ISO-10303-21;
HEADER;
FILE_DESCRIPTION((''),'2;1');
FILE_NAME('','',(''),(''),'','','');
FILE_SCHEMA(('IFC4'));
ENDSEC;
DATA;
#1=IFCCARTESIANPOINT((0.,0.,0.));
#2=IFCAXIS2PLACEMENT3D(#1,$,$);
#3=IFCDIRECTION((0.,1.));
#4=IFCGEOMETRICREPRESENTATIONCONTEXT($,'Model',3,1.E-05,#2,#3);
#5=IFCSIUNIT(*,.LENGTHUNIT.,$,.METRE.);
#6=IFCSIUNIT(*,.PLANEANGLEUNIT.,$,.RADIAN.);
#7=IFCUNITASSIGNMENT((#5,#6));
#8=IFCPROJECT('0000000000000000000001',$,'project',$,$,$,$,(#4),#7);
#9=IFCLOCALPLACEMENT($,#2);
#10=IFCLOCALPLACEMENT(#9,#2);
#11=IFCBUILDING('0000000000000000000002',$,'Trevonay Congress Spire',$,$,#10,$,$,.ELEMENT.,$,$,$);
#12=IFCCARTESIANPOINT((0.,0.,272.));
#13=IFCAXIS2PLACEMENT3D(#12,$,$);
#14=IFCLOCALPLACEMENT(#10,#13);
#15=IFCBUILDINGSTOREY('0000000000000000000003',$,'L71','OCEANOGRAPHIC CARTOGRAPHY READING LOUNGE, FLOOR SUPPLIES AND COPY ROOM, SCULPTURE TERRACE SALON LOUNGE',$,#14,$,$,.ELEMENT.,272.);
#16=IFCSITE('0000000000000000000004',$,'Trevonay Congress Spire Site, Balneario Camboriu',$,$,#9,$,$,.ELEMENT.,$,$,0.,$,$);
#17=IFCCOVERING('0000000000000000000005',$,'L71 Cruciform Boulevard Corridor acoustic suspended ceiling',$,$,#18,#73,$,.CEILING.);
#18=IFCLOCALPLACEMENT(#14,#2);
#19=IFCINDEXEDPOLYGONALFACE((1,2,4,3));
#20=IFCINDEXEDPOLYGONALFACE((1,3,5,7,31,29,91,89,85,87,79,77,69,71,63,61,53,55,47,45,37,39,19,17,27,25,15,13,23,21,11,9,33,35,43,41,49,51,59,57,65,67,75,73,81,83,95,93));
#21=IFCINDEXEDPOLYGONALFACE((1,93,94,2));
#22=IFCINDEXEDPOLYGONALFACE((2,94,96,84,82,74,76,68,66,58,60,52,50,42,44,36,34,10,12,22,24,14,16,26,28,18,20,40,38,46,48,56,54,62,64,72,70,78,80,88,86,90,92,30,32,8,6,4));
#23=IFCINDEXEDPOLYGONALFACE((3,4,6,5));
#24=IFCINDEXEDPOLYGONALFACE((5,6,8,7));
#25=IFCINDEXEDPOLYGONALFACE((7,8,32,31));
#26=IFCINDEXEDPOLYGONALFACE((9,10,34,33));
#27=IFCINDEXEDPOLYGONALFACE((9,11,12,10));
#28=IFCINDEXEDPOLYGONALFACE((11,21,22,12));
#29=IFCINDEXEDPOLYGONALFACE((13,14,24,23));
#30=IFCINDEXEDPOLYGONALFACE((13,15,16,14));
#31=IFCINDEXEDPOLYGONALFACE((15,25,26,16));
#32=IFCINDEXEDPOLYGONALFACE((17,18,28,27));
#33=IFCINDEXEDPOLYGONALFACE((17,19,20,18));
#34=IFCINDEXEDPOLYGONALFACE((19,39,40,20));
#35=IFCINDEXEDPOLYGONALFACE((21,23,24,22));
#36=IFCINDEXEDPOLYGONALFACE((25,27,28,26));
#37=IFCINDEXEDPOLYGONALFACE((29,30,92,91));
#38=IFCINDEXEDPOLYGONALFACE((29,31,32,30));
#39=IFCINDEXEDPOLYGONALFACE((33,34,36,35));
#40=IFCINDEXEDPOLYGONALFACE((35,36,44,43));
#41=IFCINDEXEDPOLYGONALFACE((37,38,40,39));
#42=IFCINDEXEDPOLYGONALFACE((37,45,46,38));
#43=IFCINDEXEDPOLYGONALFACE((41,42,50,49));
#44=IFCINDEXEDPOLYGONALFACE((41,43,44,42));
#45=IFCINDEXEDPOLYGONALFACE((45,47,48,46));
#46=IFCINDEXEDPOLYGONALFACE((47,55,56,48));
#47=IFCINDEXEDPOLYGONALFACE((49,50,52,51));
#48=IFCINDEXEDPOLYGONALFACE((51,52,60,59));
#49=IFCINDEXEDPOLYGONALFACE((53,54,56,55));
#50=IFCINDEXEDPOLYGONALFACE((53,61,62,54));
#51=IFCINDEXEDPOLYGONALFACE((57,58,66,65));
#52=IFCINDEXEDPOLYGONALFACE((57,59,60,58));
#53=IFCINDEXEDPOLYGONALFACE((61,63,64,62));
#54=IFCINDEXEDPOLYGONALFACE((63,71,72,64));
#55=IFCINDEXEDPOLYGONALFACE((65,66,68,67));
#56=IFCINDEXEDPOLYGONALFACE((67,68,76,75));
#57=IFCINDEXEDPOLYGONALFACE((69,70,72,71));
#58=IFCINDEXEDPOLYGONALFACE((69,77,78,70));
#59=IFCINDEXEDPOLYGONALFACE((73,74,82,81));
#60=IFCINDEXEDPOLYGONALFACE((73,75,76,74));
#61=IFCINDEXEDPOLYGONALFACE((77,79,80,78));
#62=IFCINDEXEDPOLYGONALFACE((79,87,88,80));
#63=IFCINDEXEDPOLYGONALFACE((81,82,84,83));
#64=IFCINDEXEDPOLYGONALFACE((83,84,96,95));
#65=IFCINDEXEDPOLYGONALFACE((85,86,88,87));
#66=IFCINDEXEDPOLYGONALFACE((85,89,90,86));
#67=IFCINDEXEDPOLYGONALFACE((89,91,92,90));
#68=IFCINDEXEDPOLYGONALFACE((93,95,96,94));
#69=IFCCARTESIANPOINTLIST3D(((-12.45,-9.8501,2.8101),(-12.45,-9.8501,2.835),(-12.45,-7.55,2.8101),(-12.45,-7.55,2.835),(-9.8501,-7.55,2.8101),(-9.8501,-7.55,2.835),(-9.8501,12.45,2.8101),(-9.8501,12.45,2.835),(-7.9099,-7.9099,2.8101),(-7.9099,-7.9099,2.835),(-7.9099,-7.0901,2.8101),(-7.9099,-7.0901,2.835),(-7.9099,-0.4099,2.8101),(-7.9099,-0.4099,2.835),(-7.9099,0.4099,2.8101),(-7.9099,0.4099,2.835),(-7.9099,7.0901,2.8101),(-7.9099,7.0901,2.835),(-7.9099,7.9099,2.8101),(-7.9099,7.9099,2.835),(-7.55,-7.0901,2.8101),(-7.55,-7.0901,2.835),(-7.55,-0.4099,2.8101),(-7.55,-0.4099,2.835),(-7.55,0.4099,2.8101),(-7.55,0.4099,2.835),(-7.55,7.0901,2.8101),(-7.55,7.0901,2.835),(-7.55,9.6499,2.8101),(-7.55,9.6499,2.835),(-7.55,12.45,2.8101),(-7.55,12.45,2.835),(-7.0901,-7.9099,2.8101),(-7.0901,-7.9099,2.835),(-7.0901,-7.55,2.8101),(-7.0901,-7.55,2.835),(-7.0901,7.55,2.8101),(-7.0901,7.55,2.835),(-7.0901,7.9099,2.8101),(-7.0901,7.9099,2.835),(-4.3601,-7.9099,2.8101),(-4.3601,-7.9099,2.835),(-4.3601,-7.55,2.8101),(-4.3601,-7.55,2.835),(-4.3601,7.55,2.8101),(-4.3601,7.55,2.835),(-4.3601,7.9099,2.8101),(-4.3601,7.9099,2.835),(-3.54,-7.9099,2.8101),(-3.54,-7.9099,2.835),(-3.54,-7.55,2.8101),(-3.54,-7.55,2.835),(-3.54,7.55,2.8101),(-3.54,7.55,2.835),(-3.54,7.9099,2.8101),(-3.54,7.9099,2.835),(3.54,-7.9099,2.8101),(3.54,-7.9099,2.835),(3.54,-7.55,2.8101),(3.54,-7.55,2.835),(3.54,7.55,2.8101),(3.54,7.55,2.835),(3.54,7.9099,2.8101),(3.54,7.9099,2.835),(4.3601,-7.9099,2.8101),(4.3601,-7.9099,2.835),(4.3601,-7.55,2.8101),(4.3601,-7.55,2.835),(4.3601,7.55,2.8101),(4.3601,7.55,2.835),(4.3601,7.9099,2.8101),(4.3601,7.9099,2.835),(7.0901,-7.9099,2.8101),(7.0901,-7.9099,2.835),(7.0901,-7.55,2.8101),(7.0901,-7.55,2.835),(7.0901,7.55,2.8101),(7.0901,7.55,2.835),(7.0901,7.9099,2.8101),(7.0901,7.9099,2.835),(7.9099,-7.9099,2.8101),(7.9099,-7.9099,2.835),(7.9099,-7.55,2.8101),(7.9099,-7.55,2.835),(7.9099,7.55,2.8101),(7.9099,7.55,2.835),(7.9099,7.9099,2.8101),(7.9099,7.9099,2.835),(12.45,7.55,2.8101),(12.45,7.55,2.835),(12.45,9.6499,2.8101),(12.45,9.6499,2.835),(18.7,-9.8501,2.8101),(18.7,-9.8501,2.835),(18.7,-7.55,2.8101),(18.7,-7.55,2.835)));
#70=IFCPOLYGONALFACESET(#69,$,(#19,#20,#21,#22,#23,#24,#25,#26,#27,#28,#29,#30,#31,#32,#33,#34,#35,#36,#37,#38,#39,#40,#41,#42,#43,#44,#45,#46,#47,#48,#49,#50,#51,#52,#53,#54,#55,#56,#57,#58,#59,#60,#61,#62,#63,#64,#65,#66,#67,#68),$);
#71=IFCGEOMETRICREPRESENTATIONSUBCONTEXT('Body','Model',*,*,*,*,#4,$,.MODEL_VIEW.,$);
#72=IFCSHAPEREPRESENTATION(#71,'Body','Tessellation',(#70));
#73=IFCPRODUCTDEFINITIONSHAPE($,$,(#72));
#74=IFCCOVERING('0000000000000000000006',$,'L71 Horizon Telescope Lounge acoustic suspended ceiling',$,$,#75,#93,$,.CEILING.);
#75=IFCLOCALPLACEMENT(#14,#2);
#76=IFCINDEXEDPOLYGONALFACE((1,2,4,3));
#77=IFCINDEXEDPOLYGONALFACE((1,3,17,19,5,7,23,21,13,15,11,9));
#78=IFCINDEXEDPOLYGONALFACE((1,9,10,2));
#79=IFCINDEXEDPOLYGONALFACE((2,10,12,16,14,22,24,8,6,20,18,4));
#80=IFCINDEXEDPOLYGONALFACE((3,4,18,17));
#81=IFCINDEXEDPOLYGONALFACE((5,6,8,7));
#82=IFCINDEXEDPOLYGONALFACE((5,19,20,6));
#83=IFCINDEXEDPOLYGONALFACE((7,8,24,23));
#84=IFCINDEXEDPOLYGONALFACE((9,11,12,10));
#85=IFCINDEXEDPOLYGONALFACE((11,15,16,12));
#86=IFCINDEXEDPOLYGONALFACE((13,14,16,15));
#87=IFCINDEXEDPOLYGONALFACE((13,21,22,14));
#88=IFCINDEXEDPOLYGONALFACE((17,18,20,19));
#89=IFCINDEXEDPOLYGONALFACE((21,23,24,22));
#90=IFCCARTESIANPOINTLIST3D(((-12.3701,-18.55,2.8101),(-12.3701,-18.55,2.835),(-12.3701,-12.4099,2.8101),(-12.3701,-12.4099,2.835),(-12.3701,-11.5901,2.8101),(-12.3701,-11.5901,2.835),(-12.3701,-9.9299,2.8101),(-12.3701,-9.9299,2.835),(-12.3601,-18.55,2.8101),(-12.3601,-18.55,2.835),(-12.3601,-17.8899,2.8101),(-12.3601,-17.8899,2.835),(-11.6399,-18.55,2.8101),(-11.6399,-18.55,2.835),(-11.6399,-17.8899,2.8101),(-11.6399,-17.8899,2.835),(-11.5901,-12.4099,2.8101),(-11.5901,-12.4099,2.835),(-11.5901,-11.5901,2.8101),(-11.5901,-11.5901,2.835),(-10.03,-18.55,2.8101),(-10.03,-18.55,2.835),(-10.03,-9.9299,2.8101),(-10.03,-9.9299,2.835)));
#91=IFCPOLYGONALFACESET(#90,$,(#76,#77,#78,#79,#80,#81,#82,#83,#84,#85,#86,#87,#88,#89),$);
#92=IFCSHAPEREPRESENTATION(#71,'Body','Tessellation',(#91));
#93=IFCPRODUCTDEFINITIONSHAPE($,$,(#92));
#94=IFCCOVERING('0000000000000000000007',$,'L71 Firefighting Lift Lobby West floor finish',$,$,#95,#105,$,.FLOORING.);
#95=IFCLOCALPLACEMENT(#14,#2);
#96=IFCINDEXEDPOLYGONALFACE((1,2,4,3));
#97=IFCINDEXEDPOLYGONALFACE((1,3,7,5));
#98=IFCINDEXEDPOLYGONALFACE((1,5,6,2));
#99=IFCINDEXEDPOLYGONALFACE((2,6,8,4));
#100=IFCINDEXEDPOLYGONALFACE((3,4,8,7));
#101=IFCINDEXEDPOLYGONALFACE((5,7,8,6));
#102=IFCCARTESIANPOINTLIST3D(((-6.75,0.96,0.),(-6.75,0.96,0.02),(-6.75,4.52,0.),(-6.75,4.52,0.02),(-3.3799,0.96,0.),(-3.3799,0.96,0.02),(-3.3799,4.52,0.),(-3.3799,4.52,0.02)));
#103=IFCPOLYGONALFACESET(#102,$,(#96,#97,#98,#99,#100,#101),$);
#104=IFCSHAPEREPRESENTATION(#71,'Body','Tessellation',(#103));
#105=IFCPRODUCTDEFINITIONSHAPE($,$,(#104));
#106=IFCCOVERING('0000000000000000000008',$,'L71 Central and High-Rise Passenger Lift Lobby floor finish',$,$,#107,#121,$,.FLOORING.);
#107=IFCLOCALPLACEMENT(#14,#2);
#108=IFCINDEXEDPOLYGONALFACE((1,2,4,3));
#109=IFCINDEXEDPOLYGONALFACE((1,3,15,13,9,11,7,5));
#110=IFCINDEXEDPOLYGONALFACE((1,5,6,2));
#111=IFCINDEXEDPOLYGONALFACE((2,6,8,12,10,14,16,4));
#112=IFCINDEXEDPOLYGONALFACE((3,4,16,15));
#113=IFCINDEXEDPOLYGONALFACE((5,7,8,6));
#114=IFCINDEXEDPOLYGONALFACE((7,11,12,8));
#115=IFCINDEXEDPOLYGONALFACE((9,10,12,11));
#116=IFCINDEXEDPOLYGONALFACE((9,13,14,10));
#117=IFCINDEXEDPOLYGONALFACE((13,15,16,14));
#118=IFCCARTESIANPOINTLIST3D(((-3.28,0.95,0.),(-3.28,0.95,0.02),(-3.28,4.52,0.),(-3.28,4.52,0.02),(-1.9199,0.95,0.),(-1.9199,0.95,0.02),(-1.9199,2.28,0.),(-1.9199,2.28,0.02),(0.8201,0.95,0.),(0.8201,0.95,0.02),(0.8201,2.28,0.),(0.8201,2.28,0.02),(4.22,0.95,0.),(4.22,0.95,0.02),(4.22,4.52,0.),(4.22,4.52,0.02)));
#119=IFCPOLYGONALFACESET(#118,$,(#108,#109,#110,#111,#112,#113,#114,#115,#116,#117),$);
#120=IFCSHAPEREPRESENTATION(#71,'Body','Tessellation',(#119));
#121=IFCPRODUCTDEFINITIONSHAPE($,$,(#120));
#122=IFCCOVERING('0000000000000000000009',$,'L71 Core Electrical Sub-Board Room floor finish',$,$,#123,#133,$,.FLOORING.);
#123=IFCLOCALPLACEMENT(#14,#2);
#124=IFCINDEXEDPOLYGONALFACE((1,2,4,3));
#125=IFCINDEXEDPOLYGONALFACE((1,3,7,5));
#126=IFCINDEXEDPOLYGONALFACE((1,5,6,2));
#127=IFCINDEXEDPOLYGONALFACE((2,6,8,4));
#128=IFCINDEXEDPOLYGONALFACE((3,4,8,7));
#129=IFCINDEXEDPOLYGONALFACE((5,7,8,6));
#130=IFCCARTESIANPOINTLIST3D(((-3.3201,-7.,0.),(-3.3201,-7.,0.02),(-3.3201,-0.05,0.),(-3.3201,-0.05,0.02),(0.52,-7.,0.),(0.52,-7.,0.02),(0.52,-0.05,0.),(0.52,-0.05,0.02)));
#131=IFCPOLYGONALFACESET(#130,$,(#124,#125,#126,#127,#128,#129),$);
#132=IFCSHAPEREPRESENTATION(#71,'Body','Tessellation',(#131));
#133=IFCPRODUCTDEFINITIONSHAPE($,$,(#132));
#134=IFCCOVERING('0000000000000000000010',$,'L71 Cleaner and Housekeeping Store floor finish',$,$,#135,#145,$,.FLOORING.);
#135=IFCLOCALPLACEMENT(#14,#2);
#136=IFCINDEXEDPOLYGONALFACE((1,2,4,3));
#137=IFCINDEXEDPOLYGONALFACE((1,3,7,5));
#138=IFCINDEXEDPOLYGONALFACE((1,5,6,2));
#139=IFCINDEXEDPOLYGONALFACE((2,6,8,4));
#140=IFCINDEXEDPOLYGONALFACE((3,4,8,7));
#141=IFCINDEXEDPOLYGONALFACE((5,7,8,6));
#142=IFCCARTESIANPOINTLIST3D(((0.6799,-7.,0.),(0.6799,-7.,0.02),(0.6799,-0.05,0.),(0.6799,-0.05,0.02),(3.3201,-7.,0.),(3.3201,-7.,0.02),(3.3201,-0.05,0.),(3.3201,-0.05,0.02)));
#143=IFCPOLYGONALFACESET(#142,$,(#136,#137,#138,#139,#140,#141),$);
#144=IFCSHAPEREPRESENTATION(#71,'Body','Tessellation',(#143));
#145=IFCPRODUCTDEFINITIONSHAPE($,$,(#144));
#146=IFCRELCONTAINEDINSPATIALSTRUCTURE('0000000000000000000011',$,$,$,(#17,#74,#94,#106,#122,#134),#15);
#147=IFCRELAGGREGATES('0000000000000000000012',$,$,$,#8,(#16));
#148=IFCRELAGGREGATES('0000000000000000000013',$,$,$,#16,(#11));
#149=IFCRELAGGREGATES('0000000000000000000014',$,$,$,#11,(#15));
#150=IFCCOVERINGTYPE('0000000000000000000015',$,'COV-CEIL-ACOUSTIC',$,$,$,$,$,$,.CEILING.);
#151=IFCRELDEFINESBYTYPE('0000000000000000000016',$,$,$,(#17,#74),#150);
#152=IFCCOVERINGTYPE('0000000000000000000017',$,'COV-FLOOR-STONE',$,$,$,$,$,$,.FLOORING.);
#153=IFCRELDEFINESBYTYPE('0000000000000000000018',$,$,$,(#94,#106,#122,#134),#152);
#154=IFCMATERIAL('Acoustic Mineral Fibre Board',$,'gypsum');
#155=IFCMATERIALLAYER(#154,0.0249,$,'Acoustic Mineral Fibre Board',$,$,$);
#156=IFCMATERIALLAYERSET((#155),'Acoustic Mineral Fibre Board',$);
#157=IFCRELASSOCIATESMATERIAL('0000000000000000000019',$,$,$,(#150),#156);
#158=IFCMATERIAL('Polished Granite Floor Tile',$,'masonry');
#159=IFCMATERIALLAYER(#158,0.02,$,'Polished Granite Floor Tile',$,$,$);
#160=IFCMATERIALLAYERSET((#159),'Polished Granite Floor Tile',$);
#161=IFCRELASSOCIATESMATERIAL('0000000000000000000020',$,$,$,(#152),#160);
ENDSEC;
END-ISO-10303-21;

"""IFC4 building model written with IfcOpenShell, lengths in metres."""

from ifc_helpers import new_model, si_unit, direction, frame, origin, place, context, subcontext, project, spatial, polyline, outline, extrude, material, layer, layer_set, type_object, element, save


model = new_model("IFC4")

# Units and contexts
model_context = context("Model", 3, precision=1e-05, world=origin(), true_north=direction((0.0, 1.0)))
body_context = subcontext(model_context, "Body", "Model", "MODEL_VIEW")
ifc_project = project(units=[si_unit("LENGTHUNIT", "METRE"), si_unit("PLANEANGLEUNIT", "RADIAN")], contexts=[model_context])

# Site, building, storey
site_placement = place(None, origin())
site = spatial("IfcSite", under=ifc_project, at=site_placement, Name="Trevonay Congress Spire Site, Balneario Camboriu", CompositionType="ELEMENT", RefElevation=0.0)
building_placement = place(site_placement, origin())
building = spatial("IfcBuilding", under=site, at=building_placement, Name="Trevonay Congress Spire", CompositionType="ELEMENT")
storey_placement = place(building_placement, frame((0.0, 0.0, 272.0)))
storey = spatial("IfcBuildingStorey", under=building, at=storey_placement, Name="L71", Description="OCEANOGRAPHIC CARTOGRAPHY READING LOUNGE, FLOOR SUPPLIES AND COPY ROOM, SCULPTURE TERRACE SALON LOUNGE", CompositionType="ELEMENT", Elevation=272.0)

# Coverings
ifc_material_1 = material(Name="Acoustic Mineral Fibre Board", Category="gypsum")
ifc_layer_1 = layer(ifc_material_1, 0.0249, Name="Acoustic Mineral Fibre Board")
ifc_layer_set_1 = layer_set([ifc_layer_1], Name="Acoustic Mineral Fibre Board")
covering_type_1 = type_object("IfcCoveringType", Name="COV-CEIL-ACOUSTIC", PredefinedType="CEILING", material=ifc_layer_set_1)
covering_1_placement = place(storey_placement, frame((0.0, 0.0, 2.8101)))
element("IfcCovering", 1, at=covering_1_placement, inside=storey, type_object=covering_type_1, Name="L71 Cruciform Boulevard Corridor acoustic suspended ceiling", PredefinedType="CEILING", context=body_context, shape_type="SweptSolid", body=[
    extrude(outline(polyline([(18.7, -7.55), (18.7, -9.8501), (-12.45, -9.8501), (-12.45, -7.55), (-9.8501, -7.55), (-9.8501, 12.45), (-7.55, 12.45), (-7.55, 9.6499), (12.45, 9.6499), (12.45, 7.55), (7.9099, 7.55), (7.9099, 7.9099), (7.0901, 7.9099), (7.0901, 7.55), (4.3601, 7.55), (4.3601, 7.9099), (3.54, 7.9099), (3.54, 7.55), (-3.54, 7.55), (-3.54, 7.9099), (-4.3601, 7.9099), (-4.3601, 7.55), (-7.0901, 7.55), (-7.0901, 7.9099), (-7.9099, 7.9099), (-7.9099, 7.0901), (-7.55, 7.0901), (-7.55, 0.4099), (-7.9099, 0.4099), (-7.9099, -0.4099), (-7.55, -0.4099), (-7.55, -7.0901), (-7.9099, -7.0901), (-7.9099, -7.9099), (-7.0901, -7.9099), (-7.0901, -7.55), (-4.3601, -7.55), (-4.3601, -7.9099), (-3.54, -7.9099), (-3.54, -7.55), (3.54, -7.55), (3.54, -7.9099), (4.3601, -7.9099), (4.3601, -7.55), (7.0901, -7.55), (7.0901, -7.9099), (7.9099, -7.9099), (7.9099, -7.55), (18.7, -7.55)])), origin(), (0.0, 0.0, 1.0), 0.0249),
])
covering_2_placement = place(storey_placement, frame((0.0, 0.0, 2.8101)))
element("IfcCovering", 2, at=covering_2_placement, inside=storey, type_object=covering_type_1, Name="L71 Horizon Telescope Lounge acoustic suspended ceiling", PredefinedType="CEILING", context=body_context, shape_type="SweptSolid", body=[
    extrude(outline(polyline([(-12.3701, -18.55), (-12.3701, -12.4099), (-11.5901, -12.4099), (-11.5901, -11.5901), (-12.3701, -11.5901), (-12.3701, -9.9299), (-10.03, -9.9299), (-10.03, -18.55), (-11.6399, -18.55), (-11.6399, -17.8899), (-12.3601, -17.8899), (-12.3601, -18.55), (-12.3701, -18.55)])), origin(), (0.0, 0.0, 1.0), 0.0249),
])
ifc_material_2 = material(Name="Polished Granite Floor Tile", Category="masonry")
ifc_layer_2 = layer(ifc_material_2, 0.02, Name="Polished Granite Floor Tile")
ifc_layer_set_2 = layer_set([ifc_layer_2], Name="Polished Granite Floor Tile")
covering_type_2 = type_object("IfcCoveringType", Name="COV-FLOOR-STONE", PredefinedType="FLOORING", material=ifc_layer_set_2)
covering_3_placement = place(storey_placement, origin())
element("IfcCovering", 3, at=covering_3_placement, inside=storey, type_object=covering_type_2, Name="L71 Firefighting Lift Lobby West floor finish", PredefinedType="FLOORING", context=body_context, shape_type="SweptSolid", body=[
    extrude(outline(polyline([(-6.75, 0.96), (-3.3799, 0.96), (-3.3799, 4.52), (-6.75, 4.52), (-6.75, 0.96)])), origin(), (0.0, 0.0, 1.0), 0.02),
])
covering_4_placement = place(storey_placement, origin())
element("IfcCovering", 4, at=covering_4_placement, inside=storey, type_object=covering_type_2, Name="L71 Central and High-Rise Passenger Lift Lobby floor finish", PredefinedType="FLOORING", context=body_context, shape_type="SweptSolid", body=[
    extrude(outline(polyline([(-3.28, 0.95), (-1.9199, 0.95), (-1.9199, 2.28), (0.8201, 2.28), (0.8201, 0.95), (4.22, 0.95), (4.22, 4.52), (-3.28, 4.52), (-3.28, 0.95)])), origin(), (0.0, 0.0, 1.0), 0.02),
])
covering_5_placement = place(storey_placement, origin())
element("IfcCovering", 5, at=covering_5_placement, inside=storey, type_object=covering_type_2, Name="L71 Core Electrical Sub-Board Room floor finish", PredefinedType="FLOORING", context=body_context, shape_type="SweptSolid", body=[
    extrude(outline(polyline([(-3.3201, -7.0), (0.52, -7.0), (0.52, -0.05), (-3.3201, -0.05), (-3.3201, -7.0)])), origin(), (0.0, 0.0, 1.0), 0.02),
])
covering_6_placement = place(storey_placement, origin())
element("IfcCovering", 6, at=covering_6_placement, inside=storey, type_object=covering_type_2, Name="L71 Cleaner and Housekeeping Store floor finish", PredefinedType="FLOORING", context=body_context, shape_type="SweptSolid", body=[
    extrude(outline(polyline([(0.6799, -7.0), (3.3201, -7.0), (3.3201, -0.05), (0.6799, -0.05), (0.6799, -7.0)])), origin(), (0.0, 0.0, 1.0), 0.02),
])

save(model, "model.ifc")
